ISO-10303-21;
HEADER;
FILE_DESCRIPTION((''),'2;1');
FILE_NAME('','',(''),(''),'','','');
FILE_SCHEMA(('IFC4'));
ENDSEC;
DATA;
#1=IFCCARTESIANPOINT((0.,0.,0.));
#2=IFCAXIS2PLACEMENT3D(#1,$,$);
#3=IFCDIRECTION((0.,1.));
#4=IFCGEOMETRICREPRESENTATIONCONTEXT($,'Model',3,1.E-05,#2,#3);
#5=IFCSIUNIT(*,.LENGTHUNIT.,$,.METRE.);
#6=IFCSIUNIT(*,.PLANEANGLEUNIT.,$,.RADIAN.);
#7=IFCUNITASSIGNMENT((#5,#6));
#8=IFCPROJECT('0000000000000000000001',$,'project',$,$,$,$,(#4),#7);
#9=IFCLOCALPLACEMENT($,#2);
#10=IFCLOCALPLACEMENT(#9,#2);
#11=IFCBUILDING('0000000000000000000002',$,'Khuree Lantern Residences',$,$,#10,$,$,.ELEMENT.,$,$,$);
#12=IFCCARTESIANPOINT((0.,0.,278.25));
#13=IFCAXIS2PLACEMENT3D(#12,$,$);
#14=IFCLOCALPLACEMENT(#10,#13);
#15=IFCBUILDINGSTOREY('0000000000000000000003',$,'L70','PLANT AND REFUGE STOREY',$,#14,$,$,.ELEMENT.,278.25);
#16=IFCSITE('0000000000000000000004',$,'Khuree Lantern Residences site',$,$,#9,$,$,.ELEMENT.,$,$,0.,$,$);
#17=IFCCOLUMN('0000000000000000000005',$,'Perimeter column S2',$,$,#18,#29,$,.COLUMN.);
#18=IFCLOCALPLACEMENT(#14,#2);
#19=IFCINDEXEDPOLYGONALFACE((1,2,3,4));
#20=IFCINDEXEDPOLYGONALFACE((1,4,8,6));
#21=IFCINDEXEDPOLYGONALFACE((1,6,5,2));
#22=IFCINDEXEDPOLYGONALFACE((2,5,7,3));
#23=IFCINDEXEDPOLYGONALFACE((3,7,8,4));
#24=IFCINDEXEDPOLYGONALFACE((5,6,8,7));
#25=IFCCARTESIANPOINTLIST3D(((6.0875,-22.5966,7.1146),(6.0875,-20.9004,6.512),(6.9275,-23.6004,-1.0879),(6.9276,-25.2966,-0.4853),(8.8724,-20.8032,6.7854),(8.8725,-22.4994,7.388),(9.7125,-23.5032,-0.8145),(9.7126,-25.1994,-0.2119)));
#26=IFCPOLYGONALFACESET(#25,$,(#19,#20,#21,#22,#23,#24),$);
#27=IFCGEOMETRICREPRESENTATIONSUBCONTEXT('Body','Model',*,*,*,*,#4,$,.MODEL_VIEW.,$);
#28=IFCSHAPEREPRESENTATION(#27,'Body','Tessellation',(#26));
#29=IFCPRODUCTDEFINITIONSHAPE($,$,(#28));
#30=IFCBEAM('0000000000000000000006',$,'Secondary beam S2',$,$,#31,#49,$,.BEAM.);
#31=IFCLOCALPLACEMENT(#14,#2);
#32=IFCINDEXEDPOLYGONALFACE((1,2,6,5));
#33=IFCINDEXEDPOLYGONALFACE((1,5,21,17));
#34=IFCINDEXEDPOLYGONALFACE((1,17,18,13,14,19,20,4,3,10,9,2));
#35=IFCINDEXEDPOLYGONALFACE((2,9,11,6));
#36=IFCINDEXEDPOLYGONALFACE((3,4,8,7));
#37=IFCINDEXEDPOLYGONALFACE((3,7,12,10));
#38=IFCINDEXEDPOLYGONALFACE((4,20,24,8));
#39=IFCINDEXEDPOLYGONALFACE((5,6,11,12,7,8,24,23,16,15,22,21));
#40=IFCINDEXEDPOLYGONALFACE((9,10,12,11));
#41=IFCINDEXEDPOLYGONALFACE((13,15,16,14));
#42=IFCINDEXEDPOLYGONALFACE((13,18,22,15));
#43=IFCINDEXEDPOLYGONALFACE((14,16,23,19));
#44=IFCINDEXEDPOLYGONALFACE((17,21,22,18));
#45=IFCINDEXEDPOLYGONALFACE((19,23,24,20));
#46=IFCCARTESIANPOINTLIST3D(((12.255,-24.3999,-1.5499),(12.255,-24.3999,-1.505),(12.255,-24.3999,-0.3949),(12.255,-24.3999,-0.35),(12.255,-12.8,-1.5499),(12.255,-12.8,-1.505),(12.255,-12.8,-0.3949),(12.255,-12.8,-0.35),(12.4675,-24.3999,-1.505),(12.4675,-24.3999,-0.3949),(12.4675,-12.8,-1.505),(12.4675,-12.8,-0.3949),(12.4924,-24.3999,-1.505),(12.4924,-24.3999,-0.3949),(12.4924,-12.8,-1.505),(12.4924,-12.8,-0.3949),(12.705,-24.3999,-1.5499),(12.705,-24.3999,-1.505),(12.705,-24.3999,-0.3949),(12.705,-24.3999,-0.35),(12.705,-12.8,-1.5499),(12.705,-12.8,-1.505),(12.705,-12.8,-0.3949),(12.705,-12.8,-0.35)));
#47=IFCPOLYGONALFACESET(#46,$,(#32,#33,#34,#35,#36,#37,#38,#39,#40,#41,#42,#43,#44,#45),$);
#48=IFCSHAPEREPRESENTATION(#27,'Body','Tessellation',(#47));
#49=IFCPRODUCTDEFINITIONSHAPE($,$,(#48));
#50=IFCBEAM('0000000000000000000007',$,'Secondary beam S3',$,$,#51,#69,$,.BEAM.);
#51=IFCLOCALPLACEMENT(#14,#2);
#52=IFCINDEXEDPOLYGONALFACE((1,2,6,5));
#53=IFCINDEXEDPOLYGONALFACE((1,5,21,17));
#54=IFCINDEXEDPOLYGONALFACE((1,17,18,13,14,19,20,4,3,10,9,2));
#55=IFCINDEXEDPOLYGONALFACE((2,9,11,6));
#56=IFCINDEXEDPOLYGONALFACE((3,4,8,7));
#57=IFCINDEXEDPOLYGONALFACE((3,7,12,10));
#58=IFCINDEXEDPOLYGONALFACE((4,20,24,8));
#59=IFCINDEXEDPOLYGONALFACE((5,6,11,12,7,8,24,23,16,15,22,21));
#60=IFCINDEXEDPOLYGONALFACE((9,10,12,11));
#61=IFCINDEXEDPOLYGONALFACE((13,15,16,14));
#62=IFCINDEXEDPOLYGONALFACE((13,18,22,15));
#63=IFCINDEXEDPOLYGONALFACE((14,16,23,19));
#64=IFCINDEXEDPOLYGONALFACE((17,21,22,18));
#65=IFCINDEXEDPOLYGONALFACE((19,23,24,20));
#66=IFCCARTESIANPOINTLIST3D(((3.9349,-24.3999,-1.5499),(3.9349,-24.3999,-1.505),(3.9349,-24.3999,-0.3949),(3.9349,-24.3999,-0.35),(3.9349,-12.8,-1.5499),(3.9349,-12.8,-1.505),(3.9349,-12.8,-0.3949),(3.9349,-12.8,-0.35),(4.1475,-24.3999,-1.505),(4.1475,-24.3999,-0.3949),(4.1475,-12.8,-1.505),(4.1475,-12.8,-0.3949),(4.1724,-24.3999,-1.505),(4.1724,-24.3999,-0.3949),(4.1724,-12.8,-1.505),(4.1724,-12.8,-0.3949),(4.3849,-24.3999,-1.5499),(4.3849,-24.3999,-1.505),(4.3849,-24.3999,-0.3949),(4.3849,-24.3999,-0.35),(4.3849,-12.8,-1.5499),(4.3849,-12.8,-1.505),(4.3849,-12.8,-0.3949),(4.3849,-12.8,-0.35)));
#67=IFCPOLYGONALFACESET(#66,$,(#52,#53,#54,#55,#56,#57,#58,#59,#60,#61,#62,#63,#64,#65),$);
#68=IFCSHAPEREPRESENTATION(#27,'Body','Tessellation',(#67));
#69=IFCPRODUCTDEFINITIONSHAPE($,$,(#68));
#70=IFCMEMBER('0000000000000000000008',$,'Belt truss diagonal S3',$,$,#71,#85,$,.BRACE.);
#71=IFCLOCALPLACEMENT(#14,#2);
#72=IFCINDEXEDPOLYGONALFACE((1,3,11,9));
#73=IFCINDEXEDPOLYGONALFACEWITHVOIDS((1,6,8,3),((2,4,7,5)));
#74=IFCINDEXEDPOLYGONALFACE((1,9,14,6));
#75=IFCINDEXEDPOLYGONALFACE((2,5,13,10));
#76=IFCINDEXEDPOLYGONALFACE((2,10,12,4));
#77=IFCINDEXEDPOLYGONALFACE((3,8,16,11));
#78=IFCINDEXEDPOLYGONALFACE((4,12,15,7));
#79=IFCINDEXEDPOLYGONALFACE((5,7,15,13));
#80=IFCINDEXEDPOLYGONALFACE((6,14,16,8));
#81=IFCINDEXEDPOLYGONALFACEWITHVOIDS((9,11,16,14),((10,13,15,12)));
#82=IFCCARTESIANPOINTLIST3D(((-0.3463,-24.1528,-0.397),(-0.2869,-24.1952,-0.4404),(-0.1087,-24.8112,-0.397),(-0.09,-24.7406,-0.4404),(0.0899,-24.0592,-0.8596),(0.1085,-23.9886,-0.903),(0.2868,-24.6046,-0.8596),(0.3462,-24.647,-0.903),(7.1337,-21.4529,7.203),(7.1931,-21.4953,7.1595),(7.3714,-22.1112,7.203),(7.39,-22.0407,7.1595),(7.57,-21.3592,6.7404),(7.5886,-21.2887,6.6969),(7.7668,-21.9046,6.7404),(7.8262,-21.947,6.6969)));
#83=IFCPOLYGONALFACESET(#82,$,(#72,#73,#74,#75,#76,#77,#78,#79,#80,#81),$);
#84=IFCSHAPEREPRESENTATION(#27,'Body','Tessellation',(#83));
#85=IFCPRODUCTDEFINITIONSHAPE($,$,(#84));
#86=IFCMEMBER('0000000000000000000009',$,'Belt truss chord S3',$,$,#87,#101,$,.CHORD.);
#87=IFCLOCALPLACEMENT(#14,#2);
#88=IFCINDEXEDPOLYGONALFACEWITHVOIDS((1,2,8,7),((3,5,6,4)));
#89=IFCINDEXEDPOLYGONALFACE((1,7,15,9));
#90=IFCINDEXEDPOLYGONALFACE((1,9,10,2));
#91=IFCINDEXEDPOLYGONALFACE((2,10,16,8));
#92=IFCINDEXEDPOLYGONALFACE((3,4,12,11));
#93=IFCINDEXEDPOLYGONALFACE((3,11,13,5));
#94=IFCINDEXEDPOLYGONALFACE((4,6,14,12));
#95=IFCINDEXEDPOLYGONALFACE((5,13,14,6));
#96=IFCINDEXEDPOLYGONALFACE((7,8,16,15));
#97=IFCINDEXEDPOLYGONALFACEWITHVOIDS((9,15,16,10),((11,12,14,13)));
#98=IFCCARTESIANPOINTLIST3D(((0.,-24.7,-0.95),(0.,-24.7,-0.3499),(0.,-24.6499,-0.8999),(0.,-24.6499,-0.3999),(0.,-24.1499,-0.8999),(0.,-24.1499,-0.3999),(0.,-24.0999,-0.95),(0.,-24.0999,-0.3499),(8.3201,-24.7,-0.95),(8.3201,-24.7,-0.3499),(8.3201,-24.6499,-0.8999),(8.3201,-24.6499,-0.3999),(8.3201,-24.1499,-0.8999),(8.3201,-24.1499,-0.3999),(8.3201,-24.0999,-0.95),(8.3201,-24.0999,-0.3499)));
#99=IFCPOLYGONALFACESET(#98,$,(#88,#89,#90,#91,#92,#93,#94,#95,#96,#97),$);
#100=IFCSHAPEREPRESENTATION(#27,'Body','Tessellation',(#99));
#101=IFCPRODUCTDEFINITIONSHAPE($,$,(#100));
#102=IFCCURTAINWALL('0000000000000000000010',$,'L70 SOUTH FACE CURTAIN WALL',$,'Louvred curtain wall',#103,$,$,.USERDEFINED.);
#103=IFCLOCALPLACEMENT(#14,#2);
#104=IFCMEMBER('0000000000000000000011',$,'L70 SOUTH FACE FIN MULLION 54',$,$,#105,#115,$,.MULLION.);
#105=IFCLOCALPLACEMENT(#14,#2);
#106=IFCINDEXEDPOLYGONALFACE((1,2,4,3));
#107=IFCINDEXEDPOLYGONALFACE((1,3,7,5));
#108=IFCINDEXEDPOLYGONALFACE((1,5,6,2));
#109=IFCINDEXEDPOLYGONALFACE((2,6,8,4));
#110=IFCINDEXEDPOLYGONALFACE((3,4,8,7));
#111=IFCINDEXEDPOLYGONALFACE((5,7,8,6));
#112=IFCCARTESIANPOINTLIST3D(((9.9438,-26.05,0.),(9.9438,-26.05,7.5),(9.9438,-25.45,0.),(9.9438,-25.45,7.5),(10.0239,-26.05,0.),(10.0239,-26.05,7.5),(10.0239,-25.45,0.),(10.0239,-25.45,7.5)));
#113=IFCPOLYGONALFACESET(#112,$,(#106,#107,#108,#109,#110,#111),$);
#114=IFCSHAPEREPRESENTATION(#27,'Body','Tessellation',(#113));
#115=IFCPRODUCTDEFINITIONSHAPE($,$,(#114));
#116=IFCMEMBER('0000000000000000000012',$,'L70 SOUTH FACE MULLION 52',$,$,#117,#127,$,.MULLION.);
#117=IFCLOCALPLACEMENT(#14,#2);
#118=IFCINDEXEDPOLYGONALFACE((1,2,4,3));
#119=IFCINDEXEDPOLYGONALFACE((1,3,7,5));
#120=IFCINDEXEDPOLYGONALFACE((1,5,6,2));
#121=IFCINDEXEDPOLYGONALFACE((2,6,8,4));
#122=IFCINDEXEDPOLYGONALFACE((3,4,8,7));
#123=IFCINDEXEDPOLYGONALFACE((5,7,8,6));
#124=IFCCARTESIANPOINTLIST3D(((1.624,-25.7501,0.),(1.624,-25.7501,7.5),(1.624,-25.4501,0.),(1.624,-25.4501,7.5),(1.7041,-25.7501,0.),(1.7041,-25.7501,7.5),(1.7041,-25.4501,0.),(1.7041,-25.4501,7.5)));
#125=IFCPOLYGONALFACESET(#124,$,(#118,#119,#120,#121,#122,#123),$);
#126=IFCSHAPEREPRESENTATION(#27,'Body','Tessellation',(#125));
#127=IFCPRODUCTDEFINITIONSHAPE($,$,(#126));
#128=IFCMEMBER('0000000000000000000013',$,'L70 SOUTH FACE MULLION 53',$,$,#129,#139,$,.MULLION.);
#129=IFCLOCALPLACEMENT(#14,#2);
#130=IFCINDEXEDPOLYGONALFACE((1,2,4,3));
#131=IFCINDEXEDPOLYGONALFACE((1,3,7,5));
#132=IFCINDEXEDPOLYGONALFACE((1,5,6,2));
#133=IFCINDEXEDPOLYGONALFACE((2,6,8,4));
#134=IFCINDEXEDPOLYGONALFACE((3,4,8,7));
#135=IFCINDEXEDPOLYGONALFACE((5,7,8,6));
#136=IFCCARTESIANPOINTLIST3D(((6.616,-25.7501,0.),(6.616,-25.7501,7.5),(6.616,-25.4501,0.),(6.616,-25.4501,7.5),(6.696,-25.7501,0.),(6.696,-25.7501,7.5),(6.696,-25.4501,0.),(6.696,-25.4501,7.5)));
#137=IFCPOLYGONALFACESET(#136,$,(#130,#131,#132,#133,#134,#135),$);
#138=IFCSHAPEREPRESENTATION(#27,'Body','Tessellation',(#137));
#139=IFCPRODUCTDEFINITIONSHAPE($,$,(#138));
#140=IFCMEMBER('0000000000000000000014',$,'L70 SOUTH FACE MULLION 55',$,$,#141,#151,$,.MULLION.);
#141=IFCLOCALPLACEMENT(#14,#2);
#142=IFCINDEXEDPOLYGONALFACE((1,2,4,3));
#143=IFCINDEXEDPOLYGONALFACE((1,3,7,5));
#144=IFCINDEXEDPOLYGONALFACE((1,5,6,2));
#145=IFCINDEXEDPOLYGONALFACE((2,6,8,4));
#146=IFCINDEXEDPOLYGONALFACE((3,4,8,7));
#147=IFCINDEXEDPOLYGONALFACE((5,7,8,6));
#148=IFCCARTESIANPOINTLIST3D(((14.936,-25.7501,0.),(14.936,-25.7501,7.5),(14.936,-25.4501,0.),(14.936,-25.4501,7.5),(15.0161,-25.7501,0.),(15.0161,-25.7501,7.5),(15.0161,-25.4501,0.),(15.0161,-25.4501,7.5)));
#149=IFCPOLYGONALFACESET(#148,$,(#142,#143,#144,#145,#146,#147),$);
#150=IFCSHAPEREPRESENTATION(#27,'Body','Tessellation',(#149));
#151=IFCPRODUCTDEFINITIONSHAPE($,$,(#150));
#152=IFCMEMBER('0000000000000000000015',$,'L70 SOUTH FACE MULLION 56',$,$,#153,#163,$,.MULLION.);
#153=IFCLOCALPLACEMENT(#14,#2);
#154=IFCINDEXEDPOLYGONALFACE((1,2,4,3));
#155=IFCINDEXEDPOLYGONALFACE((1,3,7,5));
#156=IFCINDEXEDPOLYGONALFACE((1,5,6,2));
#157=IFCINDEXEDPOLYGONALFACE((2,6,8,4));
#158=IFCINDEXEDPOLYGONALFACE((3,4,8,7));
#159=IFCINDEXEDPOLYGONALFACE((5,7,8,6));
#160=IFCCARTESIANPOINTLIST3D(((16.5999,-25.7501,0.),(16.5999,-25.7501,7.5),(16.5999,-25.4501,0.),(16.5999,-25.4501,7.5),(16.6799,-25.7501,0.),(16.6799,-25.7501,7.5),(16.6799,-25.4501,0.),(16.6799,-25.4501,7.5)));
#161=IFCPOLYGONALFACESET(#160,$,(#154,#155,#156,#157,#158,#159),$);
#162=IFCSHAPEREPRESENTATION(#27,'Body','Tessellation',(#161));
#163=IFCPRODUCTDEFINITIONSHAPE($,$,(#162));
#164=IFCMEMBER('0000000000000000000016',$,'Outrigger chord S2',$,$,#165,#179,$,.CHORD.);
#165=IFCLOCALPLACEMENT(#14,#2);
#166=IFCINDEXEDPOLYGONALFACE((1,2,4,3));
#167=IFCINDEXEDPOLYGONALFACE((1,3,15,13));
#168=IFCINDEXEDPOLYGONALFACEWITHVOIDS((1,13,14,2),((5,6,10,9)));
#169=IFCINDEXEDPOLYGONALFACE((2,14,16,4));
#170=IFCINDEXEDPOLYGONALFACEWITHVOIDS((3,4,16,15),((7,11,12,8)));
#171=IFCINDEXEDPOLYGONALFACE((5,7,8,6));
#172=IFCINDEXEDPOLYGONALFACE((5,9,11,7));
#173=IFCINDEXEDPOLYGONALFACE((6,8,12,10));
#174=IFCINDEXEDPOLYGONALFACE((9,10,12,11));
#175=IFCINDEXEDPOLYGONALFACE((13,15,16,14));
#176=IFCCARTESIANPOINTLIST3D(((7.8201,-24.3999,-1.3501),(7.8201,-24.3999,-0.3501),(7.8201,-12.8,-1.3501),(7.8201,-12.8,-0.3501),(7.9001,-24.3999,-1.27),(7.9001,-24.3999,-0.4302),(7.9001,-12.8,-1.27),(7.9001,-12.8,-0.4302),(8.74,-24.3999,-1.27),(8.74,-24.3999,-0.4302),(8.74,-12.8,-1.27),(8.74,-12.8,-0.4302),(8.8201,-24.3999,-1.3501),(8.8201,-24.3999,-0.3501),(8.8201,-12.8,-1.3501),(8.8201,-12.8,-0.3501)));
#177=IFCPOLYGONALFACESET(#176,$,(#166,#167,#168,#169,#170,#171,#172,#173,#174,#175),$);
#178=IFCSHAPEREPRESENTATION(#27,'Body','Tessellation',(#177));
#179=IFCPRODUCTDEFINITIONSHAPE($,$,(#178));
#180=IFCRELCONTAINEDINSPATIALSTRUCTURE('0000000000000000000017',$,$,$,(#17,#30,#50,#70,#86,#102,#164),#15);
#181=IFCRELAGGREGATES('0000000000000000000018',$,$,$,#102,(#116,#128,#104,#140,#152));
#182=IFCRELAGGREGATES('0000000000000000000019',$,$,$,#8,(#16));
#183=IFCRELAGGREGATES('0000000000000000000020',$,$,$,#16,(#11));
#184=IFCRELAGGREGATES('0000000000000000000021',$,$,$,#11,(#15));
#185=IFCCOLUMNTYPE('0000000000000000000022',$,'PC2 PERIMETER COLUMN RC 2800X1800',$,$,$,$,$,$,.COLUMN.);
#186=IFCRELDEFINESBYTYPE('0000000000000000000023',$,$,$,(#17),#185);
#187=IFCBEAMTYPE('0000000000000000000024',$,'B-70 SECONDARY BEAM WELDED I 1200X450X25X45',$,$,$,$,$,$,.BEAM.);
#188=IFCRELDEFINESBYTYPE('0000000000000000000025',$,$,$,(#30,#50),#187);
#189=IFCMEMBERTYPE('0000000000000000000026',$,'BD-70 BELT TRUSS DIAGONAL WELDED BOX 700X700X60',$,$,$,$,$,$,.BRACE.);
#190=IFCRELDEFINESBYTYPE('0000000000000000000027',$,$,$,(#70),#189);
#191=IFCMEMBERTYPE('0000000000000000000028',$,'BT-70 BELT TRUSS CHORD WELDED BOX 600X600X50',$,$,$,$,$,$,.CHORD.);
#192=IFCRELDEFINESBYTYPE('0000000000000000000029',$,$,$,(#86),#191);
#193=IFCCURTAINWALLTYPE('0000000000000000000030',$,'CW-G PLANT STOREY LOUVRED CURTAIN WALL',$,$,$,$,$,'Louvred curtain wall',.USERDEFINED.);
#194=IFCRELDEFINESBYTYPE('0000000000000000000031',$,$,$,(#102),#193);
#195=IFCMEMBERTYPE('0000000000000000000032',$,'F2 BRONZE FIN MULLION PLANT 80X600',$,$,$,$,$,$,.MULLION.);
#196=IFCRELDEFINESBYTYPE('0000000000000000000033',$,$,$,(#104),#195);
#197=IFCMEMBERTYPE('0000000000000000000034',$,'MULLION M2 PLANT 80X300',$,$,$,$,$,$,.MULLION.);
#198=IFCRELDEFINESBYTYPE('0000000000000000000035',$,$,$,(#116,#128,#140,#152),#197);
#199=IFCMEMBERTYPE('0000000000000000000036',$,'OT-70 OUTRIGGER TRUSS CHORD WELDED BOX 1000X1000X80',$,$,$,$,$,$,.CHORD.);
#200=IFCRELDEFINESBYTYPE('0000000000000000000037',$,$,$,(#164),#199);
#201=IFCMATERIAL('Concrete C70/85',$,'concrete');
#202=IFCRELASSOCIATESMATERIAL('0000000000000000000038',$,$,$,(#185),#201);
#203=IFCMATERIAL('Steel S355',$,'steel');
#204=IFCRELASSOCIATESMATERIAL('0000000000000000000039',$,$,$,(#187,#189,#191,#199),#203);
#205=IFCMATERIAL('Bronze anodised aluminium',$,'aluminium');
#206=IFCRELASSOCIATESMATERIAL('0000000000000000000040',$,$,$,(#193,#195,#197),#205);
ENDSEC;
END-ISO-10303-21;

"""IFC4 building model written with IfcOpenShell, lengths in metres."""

from ifc_helpers import new_model, si_unit, direction, frame, origin, origin_2d, place, context, subcontext, project, spatial, rectangle, hollow_rectangle, i_section, extrude, material, material_profile, profile_set, type_object, element, aggregate, save


model = new_model("IFC4")

# Units and contexts
model_context = context("Model", 3, precision=1e-05, world=origin(), true_north=direction((0.0, 1.0)))
body_context = subcontext(model_context, "Body", "Model", "MODEL_VIEW")
ifc_project = project(units=[si_unit("LENGTHUNIT", "METRE"), si_unit("PLANEANGLEUNIT", "RADIAN")], contexts=[model_context])

# Site, building, storey
site_placement = place(None, origin())
site = spatial("IfcSite", under=ifc_project, at=site_placement, Name="Khuree Lantern Residences site", CompositionType="ELEMENT", RefElevation=0.0)
building_placement = place(site_placement, origin())
building = spatial("IfcBuilding", under=site, at=building_placement, Name="Khuree Lantern Residences", CompositionType="ELEMENT")
storey_placement = place(building_placement, frame((0.0, 0.0, 278.25)))
storey = spatial("IfcBuildingStorey", under=building, at=storey_placement, Name="L70", Description="PLANT AND REFUGE STOREY", CompositionType="ELEMENT", Elevation=278.25)

# Column
ifc_material_1 = material(Name="Concrete C70/85", Category="concrete")
ifc_material_profile_1 = material_profile(ifc_material_1, rectangle(XDim=2.8, YDim=1.8, at=origin_2d()), Name="RC 2800X1800")
ifc_profile_set_1 = profile_set([ifc_material_profile_1], Name="Concrete C70/85")
column_type = type_object("IfcColumnType", Name="PC2 PERIMETER COLUMN RC 2800X1800", PredefinedType="COLUMN", material=ifc_profile_set_1)
column_placement = place(storey_placement, frame((8.3201, -24.3999, -0.6499), z_axis=(-0.103602, 0.332964, 0.937231), x_axis=(0.994619, 0.034713, 0.097613)))
element("IfcColumn", 1, at=column_placement, inside=storey, type_object=column_type, Name="Perimeter column S2", PredefinedType="COLUMN", context=body_context, shape_type="SweptSolid", body=[
    extrude(rectangle(XDim=2.8, YDim=1.8, at=origin_2d()), origin(), (0.0, 0.0, 1.0), 8.1089),
])

# Beams
ifc_material_2 = material(Name="Steel S355", Category="steel")
ifc_material_profile_2 = material_profile(ifc_material_2, i_section(OverallWidth=0.45, OverallDepth=1.2, WebThickness=0.0249, FlangeThickness=0.0449, at=origin_2d()), Name="WELDED I 1200X450X25X45")
ifc_profile_set_2 = profile_set([ifc_material_profile_2], Name="Steel S355")
beam_type = type_object("IfcBeamType", Name="B-70 SECONDARY BEAM WELDED I 1200X450X25X45", PredefinedType="BEAM", material=ifc_profile_set_2)
for number, where, z_axis, x_axis, name in (
    (2, (12.48, -24.3999, -0.95), (0.0, 1.0, 0.0), (-1.0, 0.0, 0.0), "Secondary beam S2"),
    (3, (4.1599, -24.3999, -0.95), (0.0, 1.0, 0.0), (-1.0, 0.0, 0.0), "Secondary beam S3"),
):
    element("IfcBeam", number, at=place(storey_placement, frame(where, z_axis=z_axis, x_axis=x_axis)), inside=storey, type_object=beam_type, Name=name, PredefinedType="BEAM", context=body_context, shape_type="SweptSolid", body=[
        extrude(i_section(OverallWidth=0.45, OverallDepth=1.2, WebThickness=0.0249, FlangeThickness=0.0449, at=origin_2d()), origin(), (0.0, 0.0, 1.0), 11.5999),
    ])

# Members
ifc_material_profile_3 = material_profile(ifc_material_2, hollow_rectangle(XDim=0.7, YDim=0.7, WallThickness=0.0601, at=origin_2d()), Name="WELDED BOX 700X700X60")
ifc_profile_set_3 = profile_set([ifc_material_profile_3], Name="Steel S355")
member_type_1 = type_object("IfcMemberType", Name="BD-70 BELT TRUSS DIAGONAL WELDED BOX 700X700X60", PredefinedType="BRACE", material=ifc_profile_set_3)
member_1_placement = place(storey_placement, frame((7.48, -21.7, 6.95), z_axis=(-0.680005, -0.245453, -0.690903), x_axis=(0.339516, -0.9406, 0.0)))
element("IfcMember", 4, at=member_1_placement, inside=storey, type_object=member_type_1, Name="Belt truss diagonal S3", PredefinedType="BRACE", context=body_context, shape_type="SweptSolid", body=[
    extrude(hollow_rectangle(XDim=0.7, YDim=0.7, WallThickness=0.0601, at=origin_2d()), origin(), (0.0, 0.0, 1.0), 11.0),
])
ifc_material_profile_4 = material_profile(ifc_material_2, hollow_rectangle(XDim=0.6001, YDim=0.6001, WallThickness=0.05, at=origin_2d()), Name="WELDED BOX 600X600X50")
ifc_profile_set_4 = profile_set([ifc_material_profile_4], Name="Steel S355")
member_type_2 = type_object("IfcMemberType", Name="BT-70 BELT TRUSS CHORD WELDED BOX 600X600X50", PredefinedType="CHORD", material=ifc_profile_set_4)
member_2_placement = place(storey_placement, frame((8.3201, -24.3999, -0.6499), z_axis=(-1.0, 0.0, 0.0), x_axis=(0.0, -1.0, 0.0)))
element("IfcMember", 5, at=member_2_placement, inside=storey, type_object=member_type_2, Name="Belt truss chord S3", PredefinedType="CHORD", context=body_context, shape_type="SweptSolid", body=[
    extrude(hollow_rectangle(XDim=0.6001, YDim=0.6001, WallThickness=0.05, at=origin_2d()), origin(), (0.0, 0.0, 1.0), 8.3201),
])

# Curtain wall, members
ifc_material_3 = material(Name="Bronze anodised aluminium", Category="aluminium")
curtain_wall_type = type_object("IfcCurtainWallType", Name="CW-G PLANT STOREY LOUVRED CURTAIN WALL", ElementType="Louvred curtain wall", PredefinedType="USERDEFINED", material=ifc_material_3)
curtain_wall_placement = place(storey_placement, origin())
curtain_wall = element("IfcCurtainWall", 6, at=curtain_wall_placement, inside=storey, type_object=curtain_wall_type, Name="L70 SOUTH FACE CURTAIN WALL", ObjectType="Louvred curtain wall", PredefinedType="USERDEFINED")
ifc_material_profile_5 = material_profile(ifc_material_3, rectangle(XDim=0.0801, YDim=0.6001, at=origin_2d()), Name="F2 80X600")
ifc_profile_set_5 = profile_set([ifc_material_profile_5], Name="Bronze anodised aluminium")
member_type_3 = type_object("IfcMemberType", Name="F2 BRONZE FIN MULLION PLANT 80X600", PredefinedType="MULLION", material=ifc_profile_set_5)
member_3_placement = place(storey_placement, frame((9.9839, -25.75, 0.0), z_axis=(0.0, 0.0, 1.0), x_axis=(1.0, 0.0, 0.0)))
member_3 = element("IfcMember", 7, at=member_3_placement, type_object=member_type_3, Name="L70 SOUTH FACE FIN MULLION 54", PredefinedType="MULLION", context=body_context, shape_type="SweptSolid", body=[
    extrude(rectangle(XDim=0.0801, YDim=0.6001, at=origin_2d()), origin(), (0.0, 0.0, 1.0), 7.5),
])
ifc_material_profile_6 = material_profile(ifc_material_3, rectangle(XDim=0.0801, YDim=0.3, at=origin_2d()), Name="M2 80X300")
ifc_profile_set_6 = profile_set([ifc_material_profile_6], Name="Bronze anodised aluminium")
member_type_4 = type_object("IfcMemberType", Name="MULLION M2 PLANT 80X300", PredefinedType="MULLION", material=ifc_profile_set_6)
member_4_placement = place(storey_placement, frame((1.6641, -25.6001, 0.0), z_axis=(0.0, 0.0, 1.0), x_axis=(1.0, 0.0, 0.0)))
member_4 = element("IfcMember", 8, at=member_4_placement, type_object=member_type_4, Name="L70 SOUTH FACE MULLION 52", PredefinedType="MULLION", context=body_context, shape_type="SweptSolid", body=[
    extrude(rectangle(XDim=0.0801, YDim=0.3, at=origin_2d()), origin(), (0.0, 0.0, 1.0), 7.5),
])
member_5_placement = place(storey_placement, frame((6.656, -25.6001, 0.0), z_axis=(0.0, 0.0, 1.0), x_axis=(1.0, 0.0, 0.0)))
member_5 = element("IfcMember", 9, at=member_5_placement, type_object=member_type_4, Name="L70 SOUTH FACE MULLION 53", PredefinedType="MULLION", context=body_context, shape_type="SweptSolid", body=[
    extrude(rectangle(XDim=0.0801, YDim=0.3, at=origin_2d()), origin(), (0.0, 0.0, 1.0), 7.5),
])
member_6_placement = place(storey_placement, frame((14.9761, -25.6001, 0.0), z_axis=(0.0, 0.0, 1.0), x_axis=(1.0, 0.0, 0.0)))
member_6 = element("IfcMember", 10, at=member_6_placement, type_object=member_type_4, Name="L70 SOUTH FACE MULLION 55", PredefinedType="MULLION", context=body_context, shape_type="SweptSolid", body=[
    extrude(rectangle(XDim=0.0801, YDim=0.3, at=origin_2d()), origin(), (0.0, 0.0, 1.0), 7.5),
])
member_7_placement = place(storey_placement, frame((16.6399, -25.6001, 0.0), z_axis=(0.0, 0.0, 1.0), x_axis=(1.0, 0.0, 0.0)))
member_7 = element("IfcMember", 11, at=member_7_placement, type_object=member_type_4, Name="L70 SOUTH FACE MULLION 56", PredefinedType="MULLION", context=body_context, shape_type="SweptSolid", body=[
    extrude(rectangle(XDim=0.0801, YDim=0.3, at=origin_2d()), origin(), (0.0, 0.0, 1.0), 7.5),
])

# Member
ifc_material_profile_7 = material_profile(ifc_material_2, hollow_rectangle(XDim=1.0, YDim=1.0, WallThickness=0.0801, at=origin_2d()), Name="WELDED BOX 1000X1000X80")
ifc_profile_set_7 = profile_set([ifc_material_profile_7], Name="Steel S355")
member_type_5 = type_object("IfcMemberType", Name="OT-70 OUTRIGGER TRUSS CHORD WELDED BOX 1000X1000X80", PredefinedType="CHORD", material=ifc_profile_set_7)
member_8_placement = place(storey_placement, frame((8.3201, -24.3999, -0.8501), z_axis=(0.0, 1.0, 0.0), x_axis=(-1.0, 0.0, 0.0)))
element("IfcMember", 12, at=member_8_placement, inside=storey, type_object=member_type_5, Name="Outrigger chord S2", PredefinedType="CHORD", context=body_context, shape_type="SweptSolid", body=[
    extrude(hollow_rectangle(XDim=1.0, YDim=1.0, WallThickness=0.0801, at=origin_2d()), origin(), (0.0, 0.0, 1.0), 11.5999),
])

aggregate(curtain_wall, [member_4, member_5, member_3, member_6, member_7])

save(model, "model.ifc")
